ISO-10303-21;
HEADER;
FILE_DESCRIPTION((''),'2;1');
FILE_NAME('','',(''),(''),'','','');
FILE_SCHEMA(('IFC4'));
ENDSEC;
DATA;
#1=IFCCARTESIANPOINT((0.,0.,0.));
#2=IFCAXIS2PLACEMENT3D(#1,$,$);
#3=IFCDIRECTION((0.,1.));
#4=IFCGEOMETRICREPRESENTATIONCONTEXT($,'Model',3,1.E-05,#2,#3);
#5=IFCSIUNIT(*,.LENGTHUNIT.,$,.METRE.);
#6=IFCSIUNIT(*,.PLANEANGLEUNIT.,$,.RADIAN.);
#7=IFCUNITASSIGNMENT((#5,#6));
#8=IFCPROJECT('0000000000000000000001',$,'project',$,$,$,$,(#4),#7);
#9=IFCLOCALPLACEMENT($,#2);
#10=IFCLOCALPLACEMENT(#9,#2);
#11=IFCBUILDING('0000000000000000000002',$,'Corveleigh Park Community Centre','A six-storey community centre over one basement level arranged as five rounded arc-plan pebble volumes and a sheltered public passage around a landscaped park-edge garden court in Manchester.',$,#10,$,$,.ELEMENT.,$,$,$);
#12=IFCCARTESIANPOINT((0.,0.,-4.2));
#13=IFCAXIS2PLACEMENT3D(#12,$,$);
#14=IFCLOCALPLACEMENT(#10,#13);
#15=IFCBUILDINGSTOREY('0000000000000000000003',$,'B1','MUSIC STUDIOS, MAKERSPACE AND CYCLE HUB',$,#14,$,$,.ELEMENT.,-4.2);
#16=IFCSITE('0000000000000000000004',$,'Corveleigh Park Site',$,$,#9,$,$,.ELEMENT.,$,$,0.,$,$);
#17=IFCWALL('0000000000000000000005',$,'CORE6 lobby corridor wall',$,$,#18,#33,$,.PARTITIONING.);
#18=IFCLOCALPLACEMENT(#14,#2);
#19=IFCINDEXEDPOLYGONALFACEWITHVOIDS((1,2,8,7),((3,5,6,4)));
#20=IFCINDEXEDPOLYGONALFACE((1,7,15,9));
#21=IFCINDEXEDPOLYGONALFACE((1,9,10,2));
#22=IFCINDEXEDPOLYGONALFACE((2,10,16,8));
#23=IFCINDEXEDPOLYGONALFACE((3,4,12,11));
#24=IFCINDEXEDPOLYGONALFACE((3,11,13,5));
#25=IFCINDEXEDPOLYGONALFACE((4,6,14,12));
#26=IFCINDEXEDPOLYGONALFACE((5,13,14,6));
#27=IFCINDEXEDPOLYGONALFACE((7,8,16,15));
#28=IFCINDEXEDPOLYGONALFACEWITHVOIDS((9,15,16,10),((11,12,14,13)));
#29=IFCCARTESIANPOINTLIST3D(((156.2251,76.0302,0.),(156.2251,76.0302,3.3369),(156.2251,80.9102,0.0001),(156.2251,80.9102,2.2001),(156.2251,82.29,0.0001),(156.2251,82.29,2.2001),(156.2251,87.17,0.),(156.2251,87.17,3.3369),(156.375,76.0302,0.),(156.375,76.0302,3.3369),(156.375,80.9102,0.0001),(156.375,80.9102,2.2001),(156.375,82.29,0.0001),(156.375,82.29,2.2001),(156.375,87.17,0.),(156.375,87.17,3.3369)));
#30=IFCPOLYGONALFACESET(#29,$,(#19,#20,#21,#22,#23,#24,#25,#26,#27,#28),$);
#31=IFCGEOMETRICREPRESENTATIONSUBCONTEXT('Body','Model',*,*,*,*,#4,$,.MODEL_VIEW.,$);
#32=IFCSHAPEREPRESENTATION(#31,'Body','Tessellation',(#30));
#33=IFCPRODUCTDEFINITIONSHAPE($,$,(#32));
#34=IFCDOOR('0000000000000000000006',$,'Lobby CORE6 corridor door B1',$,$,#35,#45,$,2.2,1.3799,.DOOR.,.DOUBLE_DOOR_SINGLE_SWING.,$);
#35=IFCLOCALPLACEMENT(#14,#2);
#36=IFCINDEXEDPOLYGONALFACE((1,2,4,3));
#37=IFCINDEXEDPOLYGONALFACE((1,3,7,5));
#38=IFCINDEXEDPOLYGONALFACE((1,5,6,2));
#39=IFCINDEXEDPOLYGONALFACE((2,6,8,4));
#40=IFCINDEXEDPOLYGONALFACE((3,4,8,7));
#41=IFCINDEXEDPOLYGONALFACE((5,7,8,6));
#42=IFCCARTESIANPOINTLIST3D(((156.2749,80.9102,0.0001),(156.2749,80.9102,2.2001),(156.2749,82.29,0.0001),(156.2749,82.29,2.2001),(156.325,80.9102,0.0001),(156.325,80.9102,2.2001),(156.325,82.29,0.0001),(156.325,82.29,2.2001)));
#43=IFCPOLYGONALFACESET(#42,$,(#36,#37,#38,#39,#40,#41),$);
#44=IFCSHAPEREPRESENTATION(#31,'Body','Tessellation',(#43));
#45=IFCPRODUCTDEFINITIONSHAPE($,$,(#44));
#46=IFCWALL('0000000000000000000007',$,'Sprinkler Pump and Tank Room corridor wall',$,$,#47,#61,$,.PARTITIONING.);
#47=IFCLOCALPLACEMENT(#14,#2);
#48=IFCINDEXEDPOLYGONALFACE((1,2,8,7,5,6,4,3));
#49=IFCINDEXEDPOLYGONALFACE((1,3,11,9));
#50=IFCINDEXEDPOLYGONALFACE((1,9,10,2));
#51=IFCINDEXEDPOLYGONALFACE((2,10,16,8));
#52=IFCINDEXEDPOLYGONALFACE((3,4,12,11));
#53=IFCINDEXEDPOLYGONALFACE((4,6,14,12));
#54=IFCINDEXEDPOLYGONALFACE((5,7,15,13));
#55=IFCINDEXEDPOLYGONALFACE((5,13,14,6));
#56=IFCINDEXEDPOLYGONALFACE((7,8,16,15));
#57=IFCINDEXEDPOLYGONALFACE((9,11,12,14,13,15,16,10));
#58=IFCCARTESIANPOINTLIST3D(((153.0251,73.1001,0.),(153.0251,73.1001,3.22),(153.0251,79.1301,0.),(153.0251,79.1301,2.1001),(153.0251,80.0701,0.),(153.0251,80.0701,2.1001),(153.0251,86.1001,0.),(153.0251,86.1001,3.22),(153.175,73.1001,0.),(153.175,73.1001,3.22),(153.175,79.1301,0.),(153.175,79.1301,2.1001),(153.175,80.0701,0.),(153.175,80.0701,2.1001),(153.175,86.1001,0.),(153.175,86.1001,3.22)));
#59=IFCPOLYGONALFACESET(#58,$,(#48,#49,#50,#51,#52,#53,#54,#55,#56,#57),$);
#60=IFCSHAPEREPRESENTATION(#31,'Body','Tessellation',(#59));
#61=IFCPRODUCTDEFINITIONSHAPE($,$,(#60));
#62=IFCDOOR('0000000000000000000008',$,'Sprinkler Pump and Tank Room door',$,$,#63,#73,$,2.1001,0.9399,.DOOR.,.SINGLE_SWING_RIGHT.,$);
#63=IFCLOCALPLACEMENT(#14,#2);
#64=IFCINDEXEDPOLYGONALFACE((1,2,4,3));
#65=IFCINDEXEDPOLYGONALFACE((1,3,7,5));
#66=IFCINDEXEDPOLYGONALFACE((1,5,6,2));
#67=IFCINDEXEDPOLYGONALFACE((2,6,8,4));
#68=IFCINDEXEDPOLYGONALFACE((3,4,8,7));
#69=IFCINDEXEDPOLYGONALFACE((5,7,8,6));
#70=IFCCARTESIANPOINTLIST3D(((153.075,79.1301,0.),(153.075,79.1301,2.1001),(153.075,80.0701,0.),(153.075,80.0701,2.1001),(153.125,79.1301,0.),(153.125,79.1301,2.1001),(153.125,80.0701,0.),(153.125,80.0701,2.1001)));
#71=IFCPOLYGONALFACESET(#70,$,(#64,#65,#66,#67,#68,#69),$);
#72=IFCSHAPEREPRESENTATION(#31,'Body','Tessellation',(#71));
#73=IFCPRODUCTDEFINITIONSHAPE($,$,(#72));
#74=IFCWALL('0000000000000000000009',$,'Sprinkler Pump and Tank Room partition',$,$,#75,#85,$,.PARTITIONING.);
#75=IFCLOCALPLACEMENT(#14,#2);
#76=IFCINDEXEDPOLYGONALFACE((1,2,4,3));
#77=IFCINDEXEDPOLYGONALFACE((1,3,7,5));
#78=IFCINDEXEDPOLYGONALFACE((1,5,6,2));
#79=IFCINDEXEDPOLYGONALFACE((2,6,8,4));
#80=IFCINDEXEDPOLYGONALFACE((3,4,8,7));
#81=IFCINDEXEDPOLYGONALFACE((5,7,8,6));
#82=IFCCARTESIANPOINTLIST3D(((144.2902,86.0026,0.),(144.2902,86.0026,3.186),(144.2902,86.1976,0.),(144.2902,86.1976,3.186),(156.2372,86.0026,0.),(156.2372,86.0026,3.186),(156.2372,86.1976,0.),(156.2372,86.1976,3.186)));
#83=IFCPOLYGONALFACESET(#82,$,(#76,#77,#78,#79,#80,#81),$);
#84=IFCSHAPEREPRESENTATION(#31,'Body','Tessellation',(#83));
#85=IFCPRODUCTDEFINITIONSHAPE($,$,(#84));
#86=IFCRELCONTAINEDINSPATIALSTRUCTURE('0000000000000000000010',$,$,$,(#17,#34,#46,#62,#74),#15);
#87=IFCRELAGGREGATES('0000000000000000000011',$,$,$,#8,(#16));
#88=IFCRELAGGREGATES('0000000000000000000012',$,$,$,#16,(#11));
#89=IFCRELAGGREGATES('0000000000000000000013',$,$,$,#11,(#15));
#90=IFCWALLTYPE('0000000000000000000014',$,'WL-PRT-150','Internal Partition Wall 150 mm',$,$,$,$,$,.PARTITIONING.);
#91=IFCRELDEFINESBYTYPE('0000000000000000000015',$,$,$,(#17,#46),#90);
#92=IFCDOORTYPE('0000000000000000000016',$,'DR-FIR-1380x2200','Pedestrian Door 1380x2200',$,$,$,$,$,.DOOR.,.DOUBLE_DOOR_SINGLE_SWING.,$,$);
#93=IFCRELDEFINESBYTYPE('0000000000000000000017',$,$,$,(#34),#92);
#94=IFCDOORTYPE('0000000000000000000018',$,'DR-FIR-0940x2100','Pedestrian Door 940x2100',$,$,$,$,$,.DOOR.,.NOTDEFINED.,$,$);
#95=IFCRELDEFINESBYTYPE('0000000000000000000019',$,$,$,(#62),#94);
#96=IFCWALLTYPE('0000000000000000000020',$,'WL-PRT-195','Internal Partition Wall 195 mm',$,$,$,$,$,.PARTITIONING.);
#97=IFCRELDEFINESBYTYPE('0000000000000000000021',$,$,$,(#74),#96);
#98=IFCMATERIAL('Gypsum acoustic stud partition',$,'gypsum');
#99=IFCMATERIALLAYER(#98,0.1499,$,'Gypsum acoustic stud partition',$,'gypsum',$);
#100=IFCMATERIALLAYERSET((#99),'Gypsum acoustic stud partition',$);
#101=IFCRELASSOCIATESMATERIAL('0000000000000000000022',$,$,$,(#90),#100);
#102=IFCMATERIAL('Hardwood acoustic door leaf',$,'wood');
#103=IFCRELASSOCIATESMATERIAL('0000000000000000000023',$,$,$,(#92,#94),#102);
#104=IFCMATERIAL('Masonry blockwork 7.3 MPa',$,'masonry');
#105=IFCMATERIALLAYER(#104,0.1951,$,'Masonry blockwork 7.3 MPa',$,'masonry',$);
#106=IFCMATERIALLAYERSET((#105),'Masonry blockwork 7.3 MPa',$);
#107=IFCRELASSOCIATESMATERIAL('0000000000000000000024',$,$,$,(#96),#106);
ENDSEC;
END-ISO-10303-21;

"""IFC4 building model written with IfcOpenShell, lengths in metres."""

from ifc_helpers import new_model, si_unit, direction, frame, frame_2d, origin, place, context, subcontext, project, spatial, rectangle, extrude, material, layer, layer_set, type_object, element, fill, save


model = new_model("IFC4")

# Units and contexts
model_context = context("Model", 3, precision=1e-05, world=origin(), true_north=direction((0.0, 1.0)))
body_context = subcontext(model_context, "Body", "Model", "MODEL_VIEW")
ifc_project = project(units=[si_unit("LENGTHUNIT", "METRE"), si_unit("PLANEANGLEUNIT", "RADIAN")], contexts=[model_context])

# Site, building, storey
site_placement = place(None, origin())
site = spatial("IfcSite", under=ifc_project, at=site_placement, Name="Corveleigh Park Site", CompositionType="ELEMENT", RefElevation=0.0)
building_placement = place(site_placement, origin())
building = spatial("IfcBuilding", under=site, at=building_placement, Name="Corveleigh Park Community Centre", Description="A six-storey community centre over one basement level arranged as five rounded arc-plan pebble volumes and a sheltered public passage around a landscaped park-edge garden court in Manchester.", CompositionType="ELEMENT")
storey_placement = place(building_placement, frame((0.0, 0.0, -4.2)))
storey = spatial("IfcBuildingStorey", under=building, at=storey_placement, Name="B1", Description="MUSIC STUDIOS, MAKERSPACE AND CYCLE HUB", CompositionType="ELEMENT", Elevation=-4.2)

# Walls, openings, doors
ifc_material_1 = material(Name="Gypsum acoustic stud partition", Category="gypsum")
ifc_layer_1 = layer(ifc_material_1, 0.1499, Name="Gypsum acoustic stud partition", Category="gypsum")
ifc_layer_set_1 = layer_set([ifc_layer_1], Name="Gypsum acoustic stud partition")
wall_type_1 = type_object("IfcWallType", Name="WL-PRT-150", Description="Internal Partition Wall 150 mm", PredefinedType="PARTITIONING", material=ifc_layer_set_1)
wall_1_placement = place(storey_placement, frame((156.3, 87.1699, 0.0), z_axis=(0.0, 0.0, 1.0), x_axis=(0.0, -1.0, 0.0)))
wall_1 = element("IfcWall", 1, at=wall_1_placement, inside=storey, type_object=wall_type_1, Name="CORE6 lobby corridor wall", PredefinedType="PARTITIONING", context=body_context, shape_type="SweptSolid", body=[
    extrude(rectangle(XDim=11.1399, YDim=0.1499, at=frame_2d((5.5698, 0.0))), origin(), (0.0, 0.0, 1.0), 3.3369),
])
opening_1_placement = place(wall_1_placement, frame((4.8799, 0.0, 0.0)))
opening_1 = element("IfcOpeningElement", 2, at=opening_1_placement, cuts=wall_1, PredefinedType="OPENING", context=body_context, shape_type="SweptSolid", body=[
    extrude(rectangle(XDim=1.3799, YDim=2.2, at=frame_2d((0.6899, 1.1001))), frame((0.0, 0.085, 0.0), z_axis=(0.0, -1.0, 0.0), x_axis=(1.0, 0.0, 0.0)), (0.0, 0.0, 1.0), 0.1699),
])
ifc_material_2 = material(Name="Hardwood acoustic door leaf", Category="wood")
door_type_1 = type_object("IfcDoorType", Name="DR-FIR-1380x2200", Description="Pedestrian Door 1380x2200", OperationType="DOUBLE_DOOR_SINGLE_SWING", PredefinedType="DOOR", material=ifc_material_2)
door_1_placement = place(opening_1_placement, origin())
door_1 = element("IfcDoor", 3, at=door_1_placement, inside=storey, type_object=door_type_1, Name="Lobby CORE6 corridor door B1", OperationType="DOUBLE_DOOR_SINGLE_SWING", OverallHeight=2.2, OverallWidth=1.3799, PredefinedType="DOOR", context=body_context, shape_type="SweptSolid", body=[
    extrude(rectangle(XDim=1.3799, YDim=2.2, at=frame_2d((0.6899, 1.1001))), frame((0.0, 0.0249, 0.0), z_axis=(0.0, -1.0, 0.0), x_axis=(1.0, 0.0, 0.0)), (0.0, 0.0, 1.0), 0.05),
])
fill(opening_1, door_1)
wall_2_placement = place(storey_placement, frame((153.1001, 86.1001, 0.0), z_axis=(0.0, 0.0, 1.0), x_axis=(0.0, -1.0, 0.0)))
wall_2 = element("IfcWall", 4, at=wall_2_placement, inside=storey, type_object=wall_type_1, Name="Sprinkler Pump and Tank Room corridor wall", PredefinedType="PARTITIONING", context=body_context, shape_type="SweptSolid", body=[
    extrude(rectangle(XDim=13.0, YDim=0.1499, at=frame_2d((6.5, 0.0))), origin(), (0.0, 0.0, 1.0), 3.22),
])
opening_2_placement = place(wall_2_placement, frame((6.03, 0.0, 0.0)))
opening_2 = element("IfcOpeningElement", 5, at=opening_2_placement, cuts=wall_2, PredefinedType="OPENING", context=body_context, shape_type="SweptSolid", body=[
    extrude(rectangle(XDim=0.9399, YDim=2.1001, at=frame_2d((0.47, 1.05))), frame((0.0, 0.085, 0.0), z_axis=(0.0, -1.0, 0.0), x_axis=(1.0, 0.0, 0.0)), (0.0, 0.0, 1.0), 0.1699),
])
door_type_2 = type_object("IfcDoorType", Name="DR-FIR-0940x2100", Description="Pedestrian Door 940x2100", OperationType="NOTDEFINED", PredefinedType="DOOR", material=ifc_material_2)
door_2_placement = place(opening_2_placement, origin())
door_2 = element("IfcDoor", 6, at=door_2_placement, inside=storey, type_object=door_type_2, Name="Sprinkler Pump and Tank Room door", OperationType="SINGLE_SWING_RIGHT", OverallHeight=2.1001, OverallWidth=0.9399, PredefinedType="DOOR", context=body_context, shape_type="SweptSolid", body=[
    extrude(rectangle(XDim=0.9399, YDim=2.1001, at=frame_2d((0.47, 1.05))), frame((0.0, 0.0249, 0.0), z_axis=(0.0, -1.0, 0.0), x_axis=(1.0, 0.0, 0.0)), (0.0, 0.0, 1.0), 0.05),
])
fill(opening_2, door_2)

# Wall
ifc_material_3 = material(Name="Masonry blockwork 7.3 MPa", Category="masonry")
ifc_layer_2 = layer(ifc_material_3, 0.1951, Name="Masonry blockwork 7.3 MPa", Category="masonry")
ifc_layer_set_2 = layer_set([ifc_layer_2], Name="Masonry blockwork 7.3 MPa")
wall_type_2 = type_object("IfcWallType", Name="WL-PRT-195", Description="Internal Partition Wall 195 mm", PredefinedType="PARTITIONING", material=ifc_layer_set_2)
wall_3_placement = place(storey_placement, frame((144.29, 86.1001, 0.0), z_axis=(0.0, 0.0, 1.0), x_axis=(1.0, 0.0, 0.0)))
element("IfcWall", 7, at=wall_3_placement, inside=storey, type_object=wall_type_2, Name="Sprinkler Pump and Tank Room partition", PredefinedType="PARTITIONING", context=body_context, shape_type="SweptSolid", body=[
    extrude(rectangle(XDim=11.947, YDim=0.1951, at=frame_2d((5.9736, 0.0))), origin(), (0.0, 0.0, 1.0), 3.186),
])

save(model, "model.ifc")
